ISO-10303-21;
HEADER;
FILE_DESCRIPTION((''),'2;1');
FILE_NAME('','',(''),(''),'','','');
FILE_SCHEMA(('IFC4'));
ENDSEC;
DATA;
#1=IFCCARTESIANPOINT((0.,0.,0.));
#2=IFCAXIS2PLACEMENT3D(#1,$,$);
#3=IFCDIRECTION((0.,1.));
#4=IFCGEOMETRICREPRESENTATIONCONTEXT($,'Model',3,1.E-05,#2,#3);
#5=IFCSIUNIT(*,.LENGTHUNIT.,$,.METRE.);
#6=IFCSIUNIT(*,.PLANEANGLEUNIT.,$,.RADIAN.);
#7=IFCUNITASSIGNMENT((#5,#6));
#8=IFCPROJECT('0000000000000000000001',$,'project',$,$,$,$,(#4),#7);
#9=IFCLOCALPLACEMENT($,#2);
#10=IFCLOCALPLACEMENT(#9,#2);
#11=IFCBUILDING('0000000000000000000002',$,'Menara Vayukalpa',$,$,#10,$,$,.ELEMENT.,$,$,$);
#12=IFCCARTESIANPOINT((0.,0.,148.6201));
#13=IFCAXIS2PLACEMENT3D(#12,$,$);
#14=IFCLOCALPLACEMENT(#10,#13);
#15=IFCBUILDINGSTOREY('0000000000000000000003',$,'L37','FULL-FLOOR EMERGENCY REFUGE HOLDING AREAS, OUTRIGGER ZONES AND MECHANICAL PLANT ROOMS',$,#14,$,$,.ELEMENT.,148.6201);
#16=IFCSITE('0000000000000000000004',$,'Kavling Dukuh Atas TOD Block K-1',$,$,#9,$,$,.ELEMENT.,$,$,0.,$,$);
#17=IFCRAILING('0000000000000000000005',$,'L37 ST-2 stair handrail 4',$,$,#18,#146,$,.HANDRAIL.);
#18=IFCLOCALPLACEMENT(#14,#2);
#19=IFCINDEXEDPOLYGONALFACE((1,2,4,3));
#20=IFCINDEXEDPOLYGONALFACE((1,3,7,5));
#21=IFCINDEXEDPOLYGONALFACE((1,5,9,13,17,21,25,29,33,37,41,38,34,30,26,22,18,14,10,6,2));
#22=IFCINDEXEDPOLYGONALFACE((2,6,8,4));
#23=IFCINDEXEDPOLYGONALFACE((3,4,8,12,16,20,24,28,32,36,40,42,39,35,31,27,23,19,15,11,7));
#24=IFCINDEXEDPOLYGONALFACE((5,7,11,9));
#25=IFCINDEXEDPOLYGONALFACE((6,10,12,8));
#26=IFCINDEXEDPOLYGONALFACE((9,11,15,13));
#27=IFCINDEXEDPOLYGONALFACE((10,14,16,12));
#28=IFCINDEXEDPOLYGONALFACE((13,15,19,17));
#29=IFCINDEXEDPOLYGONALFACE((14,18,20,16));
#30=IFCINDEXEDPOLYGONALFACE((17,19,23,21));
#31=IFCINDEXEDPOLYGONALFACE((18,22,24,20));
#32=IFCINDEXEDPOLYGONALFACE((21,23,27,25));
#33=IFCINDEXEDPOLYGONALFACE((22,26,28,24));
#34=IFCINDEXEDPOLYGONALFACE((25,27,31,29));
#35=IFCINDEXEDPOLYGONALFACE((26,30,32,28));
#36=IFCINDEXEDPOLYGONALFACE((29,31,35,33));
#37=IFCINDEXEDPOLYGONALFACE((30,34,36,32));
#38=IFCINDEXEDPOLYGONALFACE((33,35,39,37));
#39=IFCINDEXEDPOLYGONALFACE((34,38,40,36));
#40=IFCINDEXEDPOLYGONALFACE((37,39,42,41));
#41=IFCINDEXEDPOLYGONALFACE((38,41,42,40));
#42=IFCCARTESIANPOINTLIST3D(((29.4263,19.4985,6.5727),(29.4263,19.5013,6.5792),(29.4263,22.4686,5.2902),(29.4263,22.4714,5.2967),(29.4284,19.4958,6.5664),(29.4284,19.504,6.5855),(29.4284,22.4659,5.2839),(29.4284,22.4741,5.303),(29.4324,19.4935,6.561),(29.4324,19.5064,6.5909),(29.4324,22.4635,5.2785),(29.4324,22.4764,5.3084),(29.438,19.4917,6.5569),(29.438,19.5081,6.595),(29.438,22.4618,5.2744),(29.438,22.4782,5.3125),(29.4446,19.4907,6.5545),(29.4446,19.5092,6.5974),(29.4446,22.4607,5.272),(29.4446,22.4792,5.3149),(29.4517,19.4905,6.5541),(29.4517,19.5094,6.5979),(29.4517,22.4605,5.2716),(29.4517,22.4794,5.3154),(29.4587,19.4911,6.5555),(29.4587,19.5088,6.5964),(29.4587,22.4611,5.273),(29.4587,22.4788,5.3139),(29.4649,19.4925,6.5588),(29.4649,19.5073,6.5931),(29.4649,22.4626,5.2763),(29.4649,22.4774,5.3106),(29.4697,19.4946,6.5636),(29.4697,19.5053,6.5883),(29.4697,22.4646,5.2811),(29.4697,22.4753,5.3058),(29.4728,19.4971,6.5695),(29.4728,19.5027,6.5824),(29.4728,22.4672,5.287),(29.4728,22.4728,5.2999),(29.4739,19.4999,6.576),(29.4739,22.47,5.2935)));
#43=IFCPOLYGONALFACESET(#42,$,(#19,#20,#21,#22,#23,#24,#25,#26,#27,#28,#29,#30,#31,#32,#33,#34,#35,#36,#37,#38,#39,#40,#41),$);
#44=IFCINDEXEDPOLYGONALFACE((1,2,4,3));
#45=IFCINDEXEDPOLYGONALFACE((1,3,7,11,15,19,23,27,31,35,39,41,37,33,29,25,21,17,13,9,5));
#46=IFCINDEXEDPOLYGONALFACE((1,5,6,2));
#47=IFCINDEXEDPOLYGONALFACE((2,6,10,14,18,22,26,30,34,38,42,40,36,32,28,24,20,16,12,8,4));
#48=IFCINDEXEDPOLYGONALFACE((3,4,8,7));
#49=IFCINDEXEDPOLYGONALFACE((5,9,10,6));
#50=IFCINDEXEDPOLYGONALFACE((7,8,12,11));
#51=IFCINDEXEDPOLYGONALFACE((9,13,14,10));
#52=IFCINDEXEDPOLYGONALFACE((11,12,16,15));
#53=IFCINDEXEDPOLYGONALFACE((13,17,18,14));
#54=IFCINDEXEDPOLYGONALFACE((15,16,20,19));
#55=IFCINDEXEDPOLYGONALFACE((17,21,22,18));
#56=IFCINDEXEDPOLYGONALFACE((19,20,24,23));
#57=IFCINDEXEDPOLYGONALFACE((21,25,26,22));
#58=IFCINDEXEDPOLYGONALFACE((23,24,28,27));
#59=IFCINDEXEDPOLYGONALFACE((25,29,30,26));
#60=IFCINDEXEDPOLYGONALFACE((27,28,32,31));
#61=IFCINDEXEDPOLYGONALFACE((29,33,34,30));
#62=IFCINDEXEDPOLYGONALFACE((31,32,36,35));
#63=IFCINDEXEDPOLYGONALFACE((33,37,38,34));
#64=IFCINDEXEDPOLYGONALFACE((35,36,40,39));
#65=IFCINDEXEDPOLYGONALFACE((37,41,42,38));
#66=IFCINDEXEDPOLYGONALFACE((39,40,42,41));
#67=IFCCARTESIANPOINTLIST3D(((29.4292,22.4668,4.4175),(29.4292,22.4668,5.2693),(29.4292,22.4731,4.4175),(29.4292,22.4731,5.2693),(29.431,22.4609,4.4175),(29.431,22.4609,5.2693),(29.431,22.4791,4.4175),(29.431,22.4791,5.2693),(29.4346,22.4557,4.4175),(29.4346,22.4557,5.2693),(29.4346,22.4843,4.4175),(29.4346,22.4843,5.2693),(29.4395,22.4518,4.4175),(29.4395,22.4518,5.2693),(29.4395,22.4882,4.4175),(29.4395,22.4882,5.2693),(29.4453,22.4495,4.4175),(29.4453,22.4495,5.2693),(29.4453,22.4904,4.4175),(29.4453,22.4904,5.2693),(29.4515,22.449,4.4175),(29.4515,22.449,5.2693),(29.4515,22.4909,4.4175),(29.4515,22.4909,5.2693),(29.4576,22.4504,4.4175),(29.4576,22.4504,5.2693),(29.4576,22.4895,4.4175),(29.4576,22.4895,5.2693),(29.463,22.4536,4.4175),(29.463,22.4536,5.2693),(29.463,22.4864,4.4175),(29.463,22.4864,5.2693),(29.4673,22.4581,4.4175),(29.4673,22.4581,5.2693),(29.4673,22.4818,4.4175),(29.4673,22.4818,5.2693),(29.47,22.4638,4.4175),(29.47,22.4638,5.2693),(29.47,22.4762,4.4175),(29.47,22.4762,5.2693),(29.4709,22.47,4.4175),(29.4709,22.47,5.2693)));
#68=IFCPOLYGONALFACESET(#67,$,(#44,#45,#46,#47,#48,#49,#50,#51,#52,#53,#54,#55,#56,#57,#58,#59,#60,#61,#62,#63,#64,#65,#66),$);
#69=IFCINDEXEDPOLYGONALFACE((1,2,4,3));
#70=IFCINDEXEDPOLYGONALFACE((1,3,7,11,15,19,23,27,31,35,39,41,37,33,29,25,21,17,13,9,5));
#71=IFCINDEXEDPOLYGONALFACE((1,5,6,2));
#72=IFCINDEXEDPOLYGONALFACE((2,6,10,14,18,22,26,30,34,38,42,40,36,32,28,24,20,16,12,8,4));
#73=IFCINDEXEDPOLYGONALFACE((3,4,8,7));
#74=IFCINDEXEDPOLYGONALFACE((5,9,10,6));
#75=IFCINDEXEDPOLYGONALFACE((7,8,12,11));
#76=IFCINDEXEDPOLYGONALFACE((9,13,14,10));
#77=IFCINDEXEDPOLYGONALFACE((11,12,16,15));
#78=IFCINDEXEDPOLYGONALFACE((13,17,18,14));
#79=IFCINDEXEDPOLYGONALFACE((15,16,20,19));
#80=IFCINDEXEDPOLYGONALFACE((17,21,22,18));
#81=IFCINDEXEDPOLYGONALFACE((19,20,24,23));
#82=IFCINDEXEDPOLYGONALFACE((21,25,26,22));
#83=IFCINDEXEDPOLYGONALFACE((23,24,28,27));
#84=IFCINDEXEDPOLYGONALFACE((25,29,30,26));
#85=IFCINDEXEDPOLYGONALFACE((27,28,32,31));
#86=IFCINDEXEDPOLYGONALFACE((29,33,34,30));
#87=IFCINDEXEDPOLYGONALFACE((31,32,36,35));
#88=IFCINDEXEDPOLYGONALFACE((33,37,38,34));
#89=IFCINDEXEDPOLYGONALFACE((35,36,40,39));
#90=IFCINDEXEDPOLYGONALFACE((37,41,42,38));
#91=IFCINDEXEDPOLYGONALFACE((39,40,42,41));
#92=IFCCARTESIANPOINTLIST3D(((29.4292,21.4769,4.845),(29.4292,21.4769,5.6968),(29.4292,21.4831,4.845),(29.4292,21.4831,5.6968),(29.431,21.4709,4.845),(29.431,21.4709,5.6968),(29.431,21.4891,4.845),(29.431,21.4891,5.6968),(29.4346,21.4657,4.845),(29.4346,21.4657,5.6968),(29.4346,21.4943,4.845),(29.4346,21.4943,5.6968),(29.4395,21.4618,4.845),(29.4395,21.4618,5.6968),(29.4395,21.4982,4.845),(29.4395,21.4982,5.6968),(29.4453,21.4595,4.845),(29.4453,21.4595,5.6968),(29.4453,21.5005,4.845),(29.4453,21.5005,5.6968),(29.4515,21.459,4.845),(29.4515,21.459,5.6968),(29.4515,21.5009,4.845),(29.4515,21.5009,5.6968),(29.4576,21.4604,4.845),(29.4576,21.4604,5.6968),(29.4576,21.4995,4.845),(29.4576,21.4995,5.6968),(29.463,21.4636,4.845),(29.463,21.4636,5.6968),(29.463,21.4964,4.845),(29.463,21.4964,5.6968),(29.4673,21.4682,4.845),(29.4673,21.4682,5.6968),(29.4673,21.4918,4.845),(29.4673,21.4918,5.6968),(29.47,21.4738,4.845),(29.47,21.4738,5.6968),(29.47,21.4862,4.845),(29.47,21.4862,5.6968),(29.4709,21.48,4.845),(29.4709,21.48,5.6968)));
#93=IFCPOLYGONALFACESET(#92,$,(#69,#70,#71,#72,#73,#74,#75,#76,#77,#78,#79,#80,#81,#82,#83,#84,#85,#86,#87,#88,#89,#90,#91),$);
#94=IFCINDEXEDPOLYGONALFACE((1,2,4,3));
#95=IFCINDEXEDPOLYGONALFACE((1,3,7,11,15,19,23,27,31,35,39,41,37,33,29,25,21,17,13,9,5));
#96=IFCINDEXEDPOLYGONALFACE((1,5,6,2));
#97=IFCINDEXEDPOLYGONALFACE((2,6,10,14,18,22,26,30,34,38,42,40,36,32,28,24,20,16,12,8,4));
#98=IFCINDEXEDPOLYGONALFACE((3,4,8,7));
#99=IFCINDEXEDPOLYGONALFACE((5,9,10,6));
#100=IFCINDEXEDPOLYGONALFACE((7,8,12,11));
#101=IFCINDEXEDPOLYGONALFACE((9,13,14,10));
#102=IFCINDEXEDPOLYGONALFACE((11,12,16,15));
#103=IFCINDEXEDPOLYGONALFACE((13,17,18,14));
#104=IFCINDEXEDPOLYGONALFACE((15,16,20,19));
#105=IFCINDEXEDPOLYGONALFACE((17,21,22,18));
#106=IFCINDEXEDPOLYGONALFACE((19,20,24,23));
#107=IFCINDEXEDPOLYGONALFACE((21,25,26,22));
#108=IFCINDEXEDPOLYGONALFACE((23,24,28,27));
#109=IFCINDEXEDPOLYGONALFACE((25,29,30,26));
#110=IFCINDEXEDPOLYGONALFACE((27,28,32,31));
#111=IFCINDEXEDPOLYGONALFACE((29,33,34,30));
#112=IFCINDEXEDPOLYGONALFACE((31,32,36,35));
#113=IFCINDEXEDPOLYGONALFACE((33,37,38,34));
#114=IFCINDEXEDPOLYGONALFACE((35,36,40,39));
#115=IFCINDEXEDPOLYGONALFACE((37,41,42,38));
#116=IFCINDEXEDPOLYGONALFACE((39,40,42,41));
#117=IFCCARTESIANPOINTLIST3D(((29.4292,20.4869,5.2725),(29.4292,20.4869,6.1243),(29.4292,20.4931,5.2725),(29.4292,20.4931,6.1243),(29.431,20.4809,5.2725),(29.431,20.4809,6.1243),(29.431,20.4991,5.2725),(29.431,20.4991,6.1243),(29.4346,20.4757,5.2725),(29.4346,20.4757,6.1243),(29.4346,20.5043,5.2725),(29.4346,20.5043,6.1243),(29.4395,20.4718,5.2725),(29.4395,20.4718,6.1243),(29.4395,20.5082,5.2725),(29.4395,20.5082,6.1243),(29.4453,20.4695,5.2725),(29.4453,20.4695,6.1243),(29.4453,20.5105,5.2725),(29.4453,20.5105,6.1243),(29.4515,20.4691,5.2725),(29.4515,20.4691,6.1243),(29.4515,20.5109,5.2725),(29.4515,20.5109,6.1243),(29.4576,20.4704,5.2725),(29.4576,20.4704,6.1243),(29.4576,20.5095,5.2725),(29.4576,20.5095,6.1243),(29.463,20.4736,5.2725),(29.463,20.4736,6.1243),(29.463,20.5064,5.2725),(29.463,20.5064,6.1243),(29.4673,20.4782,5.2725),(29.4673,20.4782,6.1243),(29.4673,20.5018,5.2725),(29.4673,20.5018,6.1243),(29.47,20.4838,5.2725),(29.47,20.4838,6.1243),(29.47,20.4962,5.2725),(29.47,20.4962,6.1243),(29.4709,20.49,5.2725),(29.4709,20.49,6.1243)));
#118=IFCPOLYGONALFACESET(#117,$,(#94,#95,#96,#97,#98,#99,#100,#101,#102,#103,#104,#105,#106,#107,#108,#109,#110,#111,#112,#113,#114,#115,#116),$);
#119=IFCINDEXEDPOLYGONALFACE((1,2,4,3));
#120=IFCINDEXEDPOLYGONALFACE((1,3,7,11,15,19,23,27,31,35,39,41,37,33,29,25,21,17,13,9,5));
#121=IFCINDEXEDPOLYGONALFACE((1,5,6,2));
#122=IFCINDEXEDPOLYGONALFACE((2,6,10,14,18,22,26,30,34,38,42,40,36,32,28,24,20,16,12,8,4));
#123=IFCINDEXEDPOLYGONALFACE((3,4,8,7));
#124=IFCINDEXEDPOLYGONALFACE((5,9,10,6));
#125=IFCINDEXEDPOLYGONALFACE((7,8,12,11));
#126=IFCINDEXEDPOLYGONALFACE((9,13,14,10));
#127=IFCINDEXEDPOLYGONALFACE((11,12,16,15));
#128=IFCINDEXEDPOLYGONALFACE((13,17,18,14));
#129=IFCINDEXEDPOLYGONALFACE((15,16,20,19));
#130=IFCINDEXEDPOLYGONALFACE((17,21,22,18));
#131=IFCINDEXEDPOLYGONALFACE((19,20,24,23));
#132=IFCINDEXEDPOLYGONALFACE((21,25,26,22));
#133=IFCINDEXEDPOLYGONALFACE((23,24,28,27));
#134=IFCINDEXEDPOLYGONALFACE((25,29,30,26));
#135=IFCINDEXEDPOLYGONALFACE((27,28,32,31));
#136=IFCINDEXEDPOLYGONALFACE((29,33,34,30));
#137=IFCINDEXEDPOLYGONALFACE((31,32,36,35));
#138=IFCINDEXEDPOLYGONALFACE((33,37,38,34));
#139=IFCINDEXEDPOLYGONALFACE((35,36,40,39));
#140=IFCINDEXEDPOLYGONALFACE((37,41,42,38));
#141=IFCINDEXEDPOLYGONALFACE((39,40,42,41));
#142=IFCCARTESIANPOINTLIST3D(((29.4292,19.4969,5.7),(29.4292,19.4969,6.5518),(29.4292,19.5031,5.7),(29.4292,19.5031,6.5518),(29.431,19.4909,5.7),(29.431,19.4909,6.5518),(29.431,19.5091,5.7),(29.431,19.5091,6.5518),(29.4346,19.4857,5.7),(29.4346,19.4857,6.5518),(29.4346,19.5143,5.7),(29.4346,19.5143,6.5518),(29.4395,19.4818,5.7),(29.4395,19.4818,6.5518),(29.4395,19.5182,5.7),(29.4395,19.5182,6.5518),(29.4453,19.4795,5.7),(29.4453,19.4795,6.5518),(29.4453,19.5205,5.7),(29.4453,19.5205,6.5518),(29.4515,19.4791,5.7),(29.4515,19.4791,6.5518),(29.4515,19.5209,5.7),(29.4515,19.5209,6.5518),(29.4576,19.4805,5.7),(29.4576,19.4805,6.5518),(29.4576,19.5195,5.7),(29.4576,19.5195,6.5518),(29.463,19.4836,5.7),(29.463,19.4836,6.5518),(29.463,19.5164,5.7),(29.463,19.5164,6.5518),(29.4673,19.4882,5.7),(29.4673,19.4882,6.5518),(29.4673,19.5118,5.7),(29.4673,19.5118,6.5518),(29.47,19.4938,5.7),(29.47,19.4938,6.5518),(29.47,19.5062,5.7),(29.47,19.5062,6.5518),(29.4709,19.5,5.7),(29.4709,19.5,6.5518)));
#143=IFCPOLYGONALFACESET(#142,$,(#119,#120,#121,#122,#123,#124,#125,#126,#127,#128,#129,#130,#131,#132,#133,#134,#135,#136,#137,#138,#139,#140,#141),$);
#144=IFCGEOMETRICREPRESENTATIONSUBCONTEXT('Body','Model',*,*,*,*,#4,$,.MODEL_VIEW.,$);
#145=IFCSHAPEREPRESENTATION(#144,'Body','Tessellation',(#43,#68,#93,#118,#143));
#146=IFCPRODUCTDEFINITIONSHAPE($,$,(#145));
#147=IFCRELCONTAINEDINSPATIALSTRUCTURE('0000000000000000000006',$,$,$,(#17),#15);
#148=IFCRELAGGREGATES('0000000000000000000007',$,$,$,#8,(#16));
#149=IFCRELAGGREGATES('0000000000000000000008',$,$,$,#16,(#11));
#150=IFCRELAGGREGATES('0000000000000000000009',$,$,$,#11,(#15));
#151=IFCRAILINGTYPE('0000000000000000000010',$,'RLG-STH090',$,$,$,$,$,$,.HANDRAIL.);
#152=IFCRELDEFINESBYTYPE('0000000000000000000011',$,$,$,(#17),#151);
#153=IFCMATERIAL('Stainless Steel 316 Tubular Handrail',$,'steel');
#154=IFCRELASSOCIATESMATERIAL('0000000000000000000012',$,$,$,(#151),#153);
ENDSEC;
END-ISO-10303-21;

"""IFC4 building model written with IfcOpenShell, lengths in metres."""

from ifc_helpers import new_model, si_unit, direction, frame, origin, origin_2d, place, context, subcontext, project, spatial, circle, extrude, material, type_object, element, save


model = new_model("IFC4")

# Units and contexts
model_context = context("Model", 3, precision=1e-05, world=origin(), true_north=direction((0.0, 1.0)))
body_context = subcontext(model_context, "Body", "Model", "MODEL_VIEW")
ifc_project = project(units=[si_unit("LENGTHUNIT", "METRE"), si_unit("PLANEANGLEUNIT", "RADIAN")], contexts=[model_context])

# Site, building, storey
site_placement = place(None, origin())
site = spatial("IfcSite", under=ifc_project, at=site_placement, Name="Kavling Dukuh Atas TOD Block K-1", CompositionType="ELEMENT", RefElevation=0.0)
building_placement = place(site_placement, origin())
building = spatial("IfcBuilding", under=site, at=building_placement, Name="Menara Vayukalpa", CompositionType="ELEMENT")
storey_placement = place(building_placement, frame((0.0, 0.0, 148.6201)))
storey = spatial("IfcBuildingStorey", under=building, at=storey_placement, Name="L37", Description="FULL-FLOOR EMERGENCY REFUGE HOLDING AREAS, OUTRIGGER ZONES AND MECHANICAL PLANT ROOMS", CompositionType="ELEMENT", Elevation=148.6201)

# Railing
ifc_material_1 = material(Name="Stainless Steel 316 Tubular Handrail", Category="steel")
railing_type_1 = type_object("IfcRailingType", Name="RLG-STH090", PredefinedType="HANDRAIL", material=ifc_material_1)
railing_1_placement = place(storey_placement, frame((29.45, 22.47, 4.4175)))
element("IfcRailing", 1, at=railing_1_placement, inside=storey, type_object=railing_type_1, Name="L37 ST-2 stair handrail 4", PredefinedType="HANDRAIL", context=body_context, shape_type="SweptSolid", body=[
    extrude(circle(Radius=0.0239, at=origin_2d()), frame((0.0, 0.0, 0.876), z_axis=(0.0, -0.918064, 0.396432), x_axis=(1.0, 0.0, 0.0)), (0.0, 0.0, 1.0), 3.2351),
    extrude(circle(Radius=0.021, at=origin_2d()), origin(), (0.0, 0.0, 1.0), 0.8518),
    extrude(circle(Radius=0.021, at=origin_2d()), frame((0.0, -0.99, 0.4275)), (0.0, 0.0, 1.0), 0.8518),
    extrude(circle(Radius=0.021, at=origin_2d()), frame((0.0, -1.98, 0.855)), (0.0, 0.0, 1.0), 0.8518),
    extrude(circle(Radius=0.021, at=origin_2d()), frame((0.0, -2.97, 1.2825)), (0.0, 0.0, 1.0), 0.8518),
])

save(model, "model.ifc")
